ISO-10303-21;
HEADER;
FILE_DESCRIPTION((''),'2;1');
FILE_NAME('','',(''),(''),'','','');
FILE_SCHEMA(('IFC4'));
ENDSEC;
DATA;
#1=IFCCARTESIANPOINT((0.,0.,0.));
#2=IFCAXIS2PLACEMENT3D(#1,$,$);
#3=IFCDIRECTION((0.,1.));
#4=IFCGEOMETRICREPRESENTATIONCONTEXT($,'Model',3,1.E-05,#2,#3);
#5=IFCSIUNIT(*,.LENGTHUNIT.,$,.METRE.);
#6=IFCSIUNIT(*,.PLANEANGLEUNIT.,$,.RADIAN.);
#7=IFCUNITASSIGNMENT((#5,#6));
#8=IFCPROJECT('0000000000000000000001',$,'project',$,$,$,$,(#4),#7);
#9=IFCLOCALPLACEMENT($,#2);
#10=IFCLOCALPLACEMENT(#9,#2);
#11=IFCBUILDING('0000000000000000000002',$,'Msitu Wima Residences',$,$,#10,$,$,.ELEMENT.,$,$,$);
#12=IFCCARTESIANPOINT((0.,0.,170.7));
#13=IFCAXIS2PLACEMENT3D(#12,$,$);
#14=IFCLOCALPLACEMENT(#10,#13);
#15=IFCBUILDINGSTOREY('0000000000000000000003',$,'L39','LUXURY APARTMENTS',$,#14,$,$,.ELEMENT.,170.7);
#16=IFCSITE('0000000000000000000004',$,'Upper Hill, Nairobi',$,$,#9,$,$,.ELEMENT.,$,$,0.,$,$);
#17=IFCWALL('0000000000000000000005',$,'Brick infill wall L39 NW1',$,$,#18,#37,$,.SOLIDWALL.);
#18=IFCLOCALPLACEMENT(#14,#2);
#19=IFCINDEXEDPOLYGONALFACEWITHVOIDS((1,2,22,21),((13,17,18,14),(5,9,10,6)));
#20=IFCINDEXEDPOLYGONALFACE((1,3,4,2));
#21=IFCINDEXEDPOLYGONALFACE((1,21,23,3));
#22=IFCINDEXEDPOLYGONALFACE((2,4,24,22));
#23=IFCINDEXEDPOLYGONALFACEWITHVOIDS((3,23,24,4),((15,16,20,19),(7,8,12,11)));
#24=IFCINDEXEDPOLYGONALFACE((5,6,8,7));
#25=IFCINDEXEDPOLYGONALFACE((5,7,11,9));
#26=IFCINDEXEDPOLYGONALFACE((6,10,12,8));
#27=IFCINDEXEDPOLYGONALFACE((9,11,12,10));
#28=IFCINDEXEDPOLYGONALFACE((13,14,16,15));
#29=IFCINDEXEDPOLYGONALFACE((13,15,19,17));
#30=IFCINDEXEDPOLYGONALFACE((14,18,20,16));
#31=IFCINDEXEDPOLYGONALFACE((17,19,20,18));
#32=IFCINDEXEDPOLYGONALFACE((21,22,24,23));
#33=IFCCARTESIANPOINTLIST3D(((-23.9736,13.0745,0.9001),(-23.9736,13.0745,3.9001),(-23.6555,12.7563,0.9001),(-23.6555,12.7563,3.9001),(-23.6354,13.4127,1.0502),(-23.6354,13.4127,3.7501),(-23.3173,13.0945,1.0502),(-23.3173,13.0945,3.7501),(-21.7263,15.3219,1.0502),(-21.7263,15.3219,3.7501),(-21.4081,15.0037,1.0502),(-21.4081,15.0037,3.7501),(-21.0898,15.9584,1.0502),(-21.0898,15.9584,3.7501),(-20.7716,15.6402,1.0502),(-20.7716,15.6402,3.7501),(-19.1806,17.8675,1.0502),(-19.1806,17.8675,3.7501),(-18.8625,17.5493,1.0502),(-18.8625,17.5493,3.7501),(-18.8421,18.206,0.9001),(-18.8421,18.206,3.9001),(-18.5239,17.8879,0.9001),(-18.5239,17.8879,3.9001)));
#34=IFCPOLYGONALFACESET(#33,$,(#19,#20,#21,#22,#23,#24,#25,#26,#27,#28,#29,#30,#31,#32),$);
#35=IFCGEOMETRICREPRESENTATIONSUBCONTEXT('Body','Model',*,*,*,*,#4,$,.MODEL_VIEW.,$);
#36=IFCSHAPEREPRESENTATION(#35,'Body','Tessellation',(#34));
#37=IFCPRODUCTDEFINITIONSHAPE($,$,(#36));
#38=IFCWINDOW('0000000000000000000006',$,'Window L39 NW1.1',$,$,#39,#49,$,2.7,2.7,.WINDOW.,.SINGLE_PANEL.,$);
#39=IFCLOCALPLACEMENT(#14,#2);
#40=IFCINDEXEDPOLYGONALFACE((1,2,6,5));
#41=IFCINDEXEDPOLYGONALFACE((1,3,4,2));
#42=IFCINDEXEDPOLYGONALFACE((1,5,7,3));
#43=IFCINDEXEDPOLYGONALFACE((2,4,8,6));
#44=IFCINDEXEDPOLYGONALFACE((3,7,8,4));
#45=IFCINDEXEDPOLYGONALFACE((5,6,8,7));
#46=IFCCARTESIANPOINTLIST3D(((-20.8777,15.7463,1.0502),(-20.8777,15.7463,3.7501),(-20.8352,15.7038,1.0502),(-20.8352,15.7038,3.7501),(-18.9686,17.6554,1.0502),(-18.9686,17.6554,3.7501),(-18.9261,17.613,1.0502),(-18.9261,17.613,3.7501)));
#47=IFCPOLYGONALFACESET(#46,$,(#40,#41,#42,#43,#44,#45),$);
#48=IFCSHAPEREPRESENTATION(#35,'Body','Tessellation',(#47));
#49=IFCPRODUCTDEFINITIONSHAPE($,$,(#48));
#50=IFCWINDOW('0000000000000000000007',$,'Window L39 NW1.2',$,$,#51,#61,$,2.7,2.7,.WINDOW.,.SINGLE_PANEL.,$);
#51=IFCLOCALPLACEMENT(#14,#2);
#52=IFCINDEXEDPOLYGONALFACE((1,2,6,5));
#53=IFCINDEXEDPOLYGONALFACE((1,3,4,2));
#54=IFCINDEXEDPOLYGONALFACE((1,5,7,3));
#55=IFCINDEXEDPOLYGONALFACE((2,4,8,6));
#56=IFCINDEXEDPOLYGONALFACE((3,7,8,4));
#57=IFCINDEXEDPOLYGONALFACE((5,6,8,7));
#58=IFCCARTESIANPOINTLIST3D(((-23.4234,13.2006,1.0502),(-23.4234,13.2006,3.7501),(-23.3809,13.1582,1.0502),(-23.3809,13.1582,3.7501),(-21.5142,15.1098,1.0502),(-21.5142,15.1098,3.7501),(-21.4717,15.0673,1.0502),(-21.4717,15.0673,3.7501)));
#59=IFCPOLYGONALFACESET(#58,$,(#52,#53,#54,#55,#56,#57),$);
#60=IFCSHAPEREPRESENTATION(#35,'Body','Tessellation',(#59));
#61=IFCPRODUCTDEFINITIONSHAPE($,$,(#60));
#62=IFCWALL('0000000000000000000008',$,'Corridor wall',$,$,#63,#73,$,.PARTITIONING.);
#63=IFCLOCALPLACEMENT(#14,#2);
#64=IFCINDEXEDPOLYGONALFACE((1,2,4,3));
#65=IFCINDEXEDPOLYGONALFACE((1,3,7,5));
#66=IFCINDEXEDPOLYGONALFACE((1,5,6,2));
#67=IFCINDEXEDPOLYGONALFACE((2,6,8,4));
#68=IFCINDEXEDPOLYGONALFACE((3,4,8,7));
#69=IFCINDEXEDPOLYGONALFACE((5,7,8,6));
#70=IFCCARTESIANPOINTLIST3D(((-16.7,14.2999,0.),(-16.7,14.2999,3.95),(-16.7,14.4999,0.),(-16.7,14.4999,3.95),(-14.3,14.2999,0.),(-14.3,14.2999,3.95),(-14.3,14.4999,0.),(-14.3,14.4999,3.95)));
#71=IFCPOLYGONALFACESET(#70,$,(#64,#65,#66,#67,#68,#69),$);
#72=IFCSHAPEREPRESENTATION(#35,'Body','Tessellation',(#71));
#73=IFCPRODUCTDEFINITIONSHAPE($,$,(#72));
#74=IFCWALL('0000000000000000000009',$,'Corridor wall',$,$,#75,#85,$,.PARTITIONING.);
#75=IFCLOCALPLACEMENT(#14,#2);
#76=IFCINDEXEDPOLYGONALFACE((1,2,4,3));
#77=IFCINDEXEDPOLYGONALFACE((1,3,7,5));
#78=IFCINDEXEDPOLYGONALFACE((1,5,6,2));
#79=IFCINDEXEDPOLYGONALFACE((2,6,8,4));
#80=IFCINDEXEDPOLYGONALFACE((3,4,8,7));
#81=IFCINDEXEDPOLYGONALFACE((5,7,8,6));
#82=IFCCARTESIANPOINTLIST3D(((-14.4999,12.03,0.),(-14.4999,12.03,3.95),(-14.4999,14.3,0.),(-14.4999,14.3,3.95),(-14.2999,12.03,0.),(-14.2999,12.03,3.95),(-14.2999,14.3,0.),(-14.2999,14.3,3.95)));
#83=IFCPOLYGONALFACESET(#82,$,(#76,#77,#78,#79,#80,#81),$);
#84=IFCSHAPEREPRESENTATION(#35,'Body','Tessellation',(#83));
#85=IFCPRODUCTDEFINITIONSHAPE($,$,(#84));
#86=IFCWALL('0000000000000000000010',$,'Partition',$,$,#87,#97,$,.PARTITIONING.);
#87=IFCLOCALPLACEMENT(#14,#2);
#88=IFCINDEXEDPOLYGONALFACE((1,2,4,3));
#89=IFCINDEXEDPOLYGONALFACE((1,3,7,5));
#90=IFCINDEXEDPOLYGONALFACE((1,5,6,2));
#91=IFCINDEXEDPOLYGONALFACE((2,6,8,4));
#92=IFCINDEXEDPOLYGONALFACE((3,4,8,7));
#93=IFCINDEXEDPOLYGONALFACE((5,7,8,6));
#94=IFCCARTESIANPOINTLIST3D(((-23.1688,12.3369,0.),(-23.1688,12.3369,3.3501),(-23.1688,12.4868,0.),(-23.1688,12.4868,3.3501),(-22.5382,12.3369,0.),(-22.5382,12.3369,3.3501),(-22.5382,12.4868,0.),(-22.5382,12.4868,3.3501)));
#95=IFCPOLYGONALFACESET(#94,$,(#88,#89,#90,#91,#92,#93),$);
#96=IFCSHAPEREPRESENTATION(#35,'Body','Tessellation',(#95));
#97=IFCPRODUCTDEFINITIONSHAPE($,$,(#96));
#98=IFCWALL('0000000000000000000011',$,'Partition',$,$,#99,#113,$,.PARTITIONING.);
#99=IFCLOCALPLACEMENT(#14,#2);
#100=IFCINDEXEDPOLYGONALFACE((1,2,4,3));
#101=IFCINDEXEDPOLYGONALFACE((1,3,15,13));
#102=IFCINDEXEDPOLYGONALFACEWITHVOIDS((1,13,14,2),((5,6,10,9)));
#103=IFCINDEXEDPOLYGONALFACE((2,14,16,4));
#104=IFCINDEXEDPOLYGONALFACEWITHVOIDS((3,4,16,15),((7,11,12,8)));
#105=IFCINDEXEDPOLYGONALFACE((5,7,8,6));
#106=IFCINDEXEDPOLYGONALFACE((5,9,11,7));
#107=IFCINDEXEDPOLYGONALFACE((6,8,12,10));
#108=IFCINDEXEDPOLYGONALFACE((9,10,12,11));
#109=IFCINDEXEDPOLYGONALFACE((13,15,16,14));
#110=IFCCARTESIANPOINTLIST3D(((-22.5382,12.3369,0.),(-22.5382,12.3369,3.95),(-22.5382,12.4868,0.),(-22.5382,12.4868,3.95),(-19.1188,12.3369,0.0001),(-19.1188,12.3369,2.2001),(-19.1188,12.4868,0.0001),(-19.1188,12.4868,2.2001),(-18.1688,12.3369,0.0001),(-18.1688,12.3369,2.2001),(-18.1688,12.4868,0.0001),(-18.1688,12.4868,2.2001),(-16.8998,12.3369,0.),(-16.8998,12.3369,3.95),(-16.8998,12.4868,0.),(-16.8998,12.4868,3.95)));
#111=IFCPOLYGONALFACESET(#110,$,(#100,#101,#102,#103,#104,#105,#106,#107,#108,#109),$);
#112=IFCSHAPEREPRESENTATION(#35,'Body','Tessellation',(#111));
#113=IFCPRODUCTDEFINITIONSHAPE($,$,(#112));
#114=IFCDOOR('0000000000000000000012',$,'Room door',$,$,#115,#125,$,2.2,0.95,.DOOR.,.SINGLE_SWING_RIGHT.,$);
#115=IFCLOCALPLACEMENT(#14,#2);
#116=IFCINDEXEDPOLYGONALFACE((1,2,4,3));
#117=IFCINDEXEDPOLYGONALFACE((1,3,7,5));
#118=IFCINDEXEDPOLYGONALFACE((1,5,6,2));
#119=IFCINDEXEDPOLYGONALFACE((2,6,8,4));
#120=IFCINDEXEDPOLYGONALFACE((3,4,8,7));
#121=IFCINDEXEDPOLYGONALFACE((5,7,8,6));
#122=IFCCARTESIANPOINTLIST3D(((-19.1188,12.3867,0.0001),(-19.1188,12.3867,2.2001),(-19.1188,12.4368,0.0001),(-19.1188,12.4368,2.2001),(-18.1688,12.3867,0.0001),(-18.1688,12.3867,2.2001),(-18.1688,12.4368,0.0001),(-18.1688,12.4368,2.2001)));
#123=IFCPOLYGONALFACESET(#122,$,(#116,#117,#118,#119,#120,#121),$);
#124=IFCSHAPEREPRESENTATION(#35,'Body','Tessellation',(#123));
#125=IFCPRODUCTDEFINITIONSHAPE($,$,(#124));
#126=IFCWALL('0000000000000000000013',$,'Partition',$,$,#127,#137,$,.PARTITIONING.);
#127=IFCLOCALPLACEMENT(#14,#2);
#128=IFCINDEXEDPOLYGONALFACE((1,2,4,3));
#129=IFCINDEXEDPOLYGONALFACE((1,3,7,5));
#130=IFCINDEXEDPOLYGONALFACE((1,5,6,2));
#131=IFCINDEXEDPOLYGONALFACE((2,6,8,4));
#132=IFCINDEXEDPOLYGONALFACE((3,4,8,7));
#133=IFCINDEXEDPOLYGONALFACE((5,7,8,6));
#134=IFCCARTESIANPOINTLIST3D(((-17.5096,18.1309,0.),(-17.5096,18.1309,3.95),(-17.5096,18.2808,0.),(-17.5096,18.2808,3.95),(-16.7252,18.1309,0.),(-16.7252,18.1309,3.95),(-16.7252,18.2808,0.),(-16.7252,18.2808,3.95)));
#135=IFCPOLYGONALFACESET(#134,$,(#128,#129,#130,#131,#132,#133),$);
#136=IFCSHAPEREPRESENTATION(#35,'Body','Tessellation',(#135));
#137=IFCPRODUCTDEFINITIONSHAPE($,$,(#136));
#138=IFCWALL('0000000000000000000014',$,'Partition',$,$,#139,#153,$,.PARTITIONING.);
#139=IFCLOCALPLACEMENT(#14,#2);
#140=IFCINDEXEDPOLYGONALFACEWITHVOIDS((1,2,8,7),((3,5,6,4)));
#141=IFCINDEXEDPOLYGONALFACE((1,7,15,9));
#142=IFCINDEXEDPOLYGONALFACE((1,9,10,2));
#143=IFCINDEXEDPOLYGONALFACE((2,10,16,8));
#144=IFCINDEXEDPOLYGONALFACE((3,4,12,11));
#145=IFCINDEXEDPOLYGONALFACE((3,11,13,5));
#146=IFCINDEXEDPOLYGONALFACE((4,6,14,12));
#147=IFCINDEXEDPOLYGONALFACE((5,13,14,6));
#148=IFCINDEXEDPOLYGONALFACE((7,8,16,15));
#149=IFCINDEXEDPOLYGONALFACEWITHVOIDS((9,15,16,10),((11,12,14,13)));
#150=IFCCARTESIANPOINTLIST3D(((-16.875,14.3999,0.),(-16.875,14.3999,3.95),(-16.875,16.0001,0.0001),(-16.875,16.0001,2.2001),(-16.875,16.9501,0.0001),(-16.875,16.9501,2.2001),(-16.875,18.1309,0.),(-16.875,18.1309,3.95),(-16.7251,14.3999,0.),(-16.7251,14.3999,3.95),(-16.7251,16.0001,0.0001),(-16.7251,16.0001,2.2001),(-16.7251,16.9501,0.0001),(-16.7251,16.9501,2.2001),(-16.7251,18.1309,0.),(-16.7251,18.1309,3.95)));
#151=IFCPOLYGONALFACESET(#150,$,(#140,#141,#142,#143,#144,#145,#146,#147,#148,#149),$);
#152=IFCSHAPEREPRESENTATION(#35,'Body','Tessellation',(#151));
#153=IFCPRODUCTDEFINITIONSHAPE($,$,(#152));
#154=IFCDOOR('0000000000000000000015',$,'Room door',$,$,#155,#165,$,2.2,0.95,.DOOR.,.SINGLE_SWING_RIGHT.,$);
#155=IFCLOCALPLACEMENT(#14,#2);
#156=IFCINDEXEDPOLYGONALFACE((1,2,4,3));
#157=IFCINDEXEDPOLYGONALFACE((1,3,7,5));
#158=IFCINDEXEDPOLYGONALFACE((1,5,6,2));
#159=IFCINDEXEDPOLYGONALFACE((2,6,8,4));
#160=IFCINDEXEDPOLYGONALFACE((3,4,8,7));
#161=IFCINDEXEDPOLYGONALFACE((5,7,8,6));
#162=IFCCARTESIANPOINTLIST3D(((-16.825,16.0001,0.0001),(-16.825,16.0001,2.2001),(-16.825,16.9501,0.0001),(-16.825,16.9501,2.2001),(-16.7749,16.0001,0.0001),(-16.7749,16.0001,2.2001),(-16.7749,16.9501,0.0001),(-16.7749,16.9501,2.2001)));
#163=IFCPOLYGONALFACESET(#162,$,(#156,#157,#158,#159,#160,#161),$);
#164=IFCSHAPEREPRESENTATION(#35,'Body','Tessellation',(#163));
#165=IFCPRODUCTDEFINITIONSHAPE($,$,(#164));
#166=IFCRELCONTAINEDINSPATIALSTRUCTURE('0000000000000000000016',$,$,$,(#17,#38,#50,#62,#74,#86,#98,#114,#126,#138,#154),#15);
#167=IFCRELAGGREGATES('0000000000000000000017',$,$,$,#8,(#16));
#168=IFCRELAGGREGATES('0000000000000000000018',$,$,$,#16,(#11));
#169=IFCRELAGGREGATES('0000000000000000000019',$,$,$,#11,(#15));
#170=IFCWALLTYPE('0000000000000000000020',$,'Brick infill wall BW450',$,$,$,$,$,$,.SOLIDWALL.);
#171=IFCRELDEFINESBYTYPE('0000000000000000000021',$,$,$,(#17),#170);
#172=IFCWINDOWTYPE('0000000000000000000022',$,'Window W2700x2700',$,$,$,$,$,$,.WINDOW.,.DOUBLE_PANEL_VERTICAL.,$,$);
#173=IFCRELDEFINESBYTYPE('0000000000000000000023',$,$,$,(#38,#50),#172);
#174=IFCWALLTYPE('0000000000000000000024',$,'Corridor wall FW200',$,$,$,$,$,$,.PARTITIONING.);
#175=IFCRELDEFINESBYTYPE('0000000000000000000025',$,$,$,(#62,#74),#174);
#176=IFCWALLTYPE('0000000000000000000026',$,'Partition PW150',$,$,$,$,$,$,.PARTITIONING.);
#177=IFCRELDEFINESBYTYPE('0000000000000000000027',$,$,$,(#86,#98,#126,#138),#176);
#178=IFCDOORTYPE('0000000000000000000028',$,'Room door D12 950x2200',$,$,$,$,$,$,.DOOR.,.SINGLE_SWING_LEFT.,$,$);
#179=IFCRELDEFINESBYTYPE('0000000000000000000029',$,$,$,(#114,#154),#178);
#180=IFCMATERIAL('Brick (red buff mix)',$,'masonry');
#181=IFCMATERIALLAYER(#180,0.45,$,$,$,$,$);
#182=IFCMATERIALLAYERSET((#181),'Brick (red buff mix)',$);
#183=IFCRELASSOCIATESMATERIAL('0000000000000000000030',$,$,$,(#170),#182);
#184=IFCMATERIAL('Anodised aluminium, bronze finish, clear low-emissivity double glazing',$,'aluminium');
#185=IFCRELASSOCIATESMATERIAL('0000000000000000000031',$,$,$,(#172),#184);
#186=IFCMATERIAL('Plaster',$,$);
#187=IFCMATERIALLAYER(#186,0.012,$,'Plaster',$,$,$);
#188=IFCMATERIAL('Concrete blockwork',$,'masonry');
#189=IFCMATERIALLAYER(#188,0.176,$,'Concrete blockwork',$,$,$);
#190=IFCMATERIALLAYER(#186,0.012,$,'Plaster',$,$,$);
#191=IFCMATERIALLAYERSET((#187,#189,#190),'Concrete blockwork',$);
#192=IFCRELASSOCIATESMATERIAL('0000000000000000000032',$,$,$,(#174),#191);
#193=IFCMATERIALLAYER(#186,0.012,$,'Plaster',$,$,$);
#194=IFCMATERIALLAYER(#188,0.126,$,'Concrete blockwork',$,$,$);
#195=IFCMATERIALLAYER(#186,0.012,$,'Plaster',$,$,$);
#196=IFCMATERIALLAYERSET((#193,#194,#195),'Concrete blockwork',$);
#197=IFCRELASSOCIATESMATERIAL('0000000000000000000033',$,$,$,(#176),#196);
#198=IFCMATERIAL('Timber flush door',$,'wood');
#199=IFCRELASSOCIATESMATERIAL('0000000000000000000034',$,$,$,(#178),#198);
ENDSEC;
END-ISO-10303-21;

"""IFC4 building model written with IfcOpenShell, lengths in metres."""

from ifc_helpers import new_model, si_unit, direction, frame, frame_2d, origin, place, context, subcontext, project, spatial, rectangle, extrude, material, layer, layer_set, type_object, element, fill, save


model = new_model("IFC4")

# Units and contexts
model_context = context("Model", 3, precision=1e-05, world=origin(), true_north=direction((0.0, 1.0)))
body_context = subcontext(model_context, "Body", "Model", "MODEL_VIEW")
ifc_project = project(units=[si_unit("LENGTHUNIT", "METRE"), si_unit("PLANEANGLEUNIT", "RADIAN")], contexts=[model_context])

# Site, building, storey
site_placement = place(None, origin())
site = spatial("IfcSite", under=ifc_project, at=site_placement, Name="Upper Hill, Nairobi", CompositionType="ELEMENT", RefElevation=0.0)
building_placement = place(site_placement, origin())
building = spatial("IfcBuilding", under=site, at=building_placement, Name="Msitu Wima Residences", CompositionType="ELEMENT")
storey_placement = place(building_placement, frame((0.0, 0.0, 170.7)))
storey = spatial("IfcBuildingStorey", under=building, at=storey_placement, Name="L39", Description="LUXURY APARTMENTS", CompositionType="ELEMENT", Elevation=170.7)

# Wall, openings, windows
ifc_material_1 = material(Name="Brick (red buff mix)", Category="masonry")
ifc_layer_1 = layer(ifc_material_1, 0.45)
ifc_layer_set_1 = layer_set([ifc_layer_1], Name="Brick (red buff mix)")
wall_type_1 = type_object("IfcWallType", Name="Brick infill wall BW450", PredefinedType="SOLIDWALL", material=ifc_layer_set_1)
wall_1_placement = place(storey_placement, frame((-18.6831, 18.0469, 0.9001), z_axis=(0.0, 0.0, 1.0), x_axis=(-0.707107, -0.707107, 0.0)))
wall_1 = element("IfcWall", 1, at=wall_1_placement, inside=storey, type_object=wall_type_1, Name="Brick infill wall L39 NW1", PredefinedType="SOLIDWALL", context=body_context, shape_type="SweptSolid", body=[
    extrude(rectangle(XDim=7.2571, YDim=0.45, at=frame_2d((3.6284, 0.0))), origin(), (0.0, 0.0, 1.0), 3.0),
])
opening_1_placement = place(wall_1_placement, frame((0.4785, 0.0, 0.1499)))
opening_1 = element("IfcOpeningElement", 2, at=opening_1_placement, cuts=wall_1, PredefinedType="OPENING", context=body_context, shape_type="SweptSolid", body=[
    extrude(rectangle(XDim=2.7, YDim=2.7, at=frame_2d((1.3501, 1.3501))), frame((0.0, 0.2349, 0.0), z_axis=(0.0, -1.0, 0.0), x_axis=(1.0, 0.0, 0.0)), (0.0, 0.0, 1.0), 0.47),
])
opening_2_placement = place(wall_1_placement, frame((4.0786, 0.0, 0.1499)))
opening_2 = element("IfcOpeningElement", 3, at=opening_2_placement, cuts=wall_1, PredefinedType="OPENING", context=body_context, shape_type="SweptSolid", body=[
    extrude(rectangle(XDim=2.7, YDim=2.7, at=frame_2d((1.3501, 1.3501))), frame((0.0, 0.2349, 0.0), z_axis=(0.0, -1.0, 0.0), x_axis=(1.0, 0.0, 0.0)), (0.0, 0.0, 1.0), 0.47),
])
ifc_material_2 = material(Name="Anodised aluminium, bronze finish, clear low-emissivity double glazing", Category="aluminium")
window_type = type_object("IfcWindowType", Name="Window W2700x2700", PartitioningType="DOUBLE_PANEL_VERTICAL", PredefinedType="WINDOW", material=ifc_material_2)
window_1_placement = place(opening_1_placement, origin())
window_1 = element("IfcWindow", 4, at=window_1_placement, inside=storey, type_object=window_type, Name="Window L39 NW1.1", OverallHeight=2.7, OverallWidth=2.7, PartitioningType="SINGLE_PANEL", PredefinedType="WINDOW", context=body_context, shape_type="SweptSolid", body=[
    extrude(rectangle(XDim=2.7, YDim=2.7, at=frame_2d((1.3501, 1.3501))), frame((0.0, 0.135, 0.0), z_axis=(0.0, -1.0, 0.0), x_axis=(1.0, 0.0, 0.0)), (0.0, 0.0, 1.0), 0.0601),
])
fill(opening_1, window_1)
window_2_placement = place(opening_2_placement, origin())
window_2 = element("IfcWindow", 5, at=window_2_placement, inside=storey, type_object=window_type, Name="Window L39 NW1.2", OverallHeight=2.7, OverallWidth=2.7, PartitioningType="SINGLE_PANEL", PredefinedType="WINDOW", context=body_context, shape_type="SweptSolid", body=[
    extrude(rectangle(XDim=2.7, YDim=2.7, at=frame_2d((1.3501, 1.3501))), frame((0.0, 0.135, 0.0), z_axis=(0.0, -1.0, 0.0), x_axis=(1.0, 0.0, 0.0)), (0.0, 0.0, 1.0), 0.0601),
])
fill(opening_2, window_2)

# Walls
ifc_material_3 = material(Name="Plaster")
ifc_layer_2 = layer(ifc_material_3, 0.012, Name="Plaster")
ifc_material_4 = material(Name="Concrete blockwork", Category="masonry")
ifc_layer_3 = layer(ifc_material_4, 0.176, Name="Concrete blockwork")
ifc_layer_4 = layer(ifc_material_3, 0.012, Name="Plaster")
ifc_layer_set_2 = layer_set([ifc_layer_2, ifc_layer_3, ifc_layer_4], Name="Concrete blockwork")
wall_type_2 = type_object("IfcWallType", Name="Corridor wall FW200", PredefinedType="PARTITIONING", material=ifc_layer_set_2)
wall_2_placement = place(storey_placement, frame((-16.7, 14.3999, 0.0), z_axis=(0.0, 0.0, 1.0), x_axis=(1.0, 0.0, 0.0)))
element("IfcWall", 6, at=wall_2_placement, inside=storey, type_object=wall_type_2, Name="Corridor wall", PredefinedType="PARTITIONING", context=body_context, shape_type="SweptSolid", body=[
    extrude(rectangle(XDim=2.3999, YDim=0.2, at=frame_2d((1.2, 0.0))), origin(), (0.0, 0.0, 1.0), 3.95),
])
wall_3_placement = place(storey_placement, frame((-14.3999, 12.03, 0.0), z_axis=(0.0, 0.0, 1.0), x_axis=(0.0, 1.0, 0.0)))
element("IfcWall", 7, at=wall_3_placement, inside=storey, type_object=wall_type_2, Name="Corridor wall", PredefinedType="PARTITIONING", context=body_context, shape_type="SweptSolid", body=[
    extrude(rectangle(XDim=2.27, YDim=0.2, at=frame_2d((1.135, 0.0))), origin(), (0.0, 0.0, 1.0), 3.95),
])
ifc_layer_5 = layer(ifc_material_3, 0.012, Name="Plaster")
ifc_layer_6 = layer(ifc_material_4, 0.126, Name="Concrete blockwork")
ifc_layer_7 = layer(ifc_material_3, 0.012, Name="Plaster")
ifc_layer_set_3 = layer_set([ifc_layer_5, ifc_layer_6, ifc_layer_7], Name="Concrete blockwork")
wall_type_3 = type_object("IfcWallType", Name="Partition PW150", PredefinedType="PARTITIONING", material=ifc_layer_set_3)
wall_4_placement = place(storey_placement, frame((-23.1689, 12.4119, 0.0), z_axis=(0.0, 0.0, 1.0), x_axis=(1.0, 0.0, 0.0)))
element("IfcWall", 8, at=wall_4_placement, inside=storey, type_object=wall_type_3, Name="Partition", PredefinedType="PARTITIONING", context=body_context, shape_type="SweptSolid", body=[
    extrude(rectangle(XDim=0.6306, YDim=0.1499, at=frame_2d((0.3154, 0.0))), origin(), (0.0, 0.0, 1.0), 3.3501),
])

# Wall, opening, door
wall_5_placement = place(storey_placement, frame((-22.5383, 12.4119, 0.0), z_axis=(0.0, 0.0, 1.0), x_axis=(1.0, 0.0, 0.0)))
wall_5 = element("IfcWall", 9, at=wall_5_placement, inside=storey, type_object=wall_type_3, Name="Partition", PredefinedType="PARTITIONING", context=body_context, shape_type="SweptSolid", body=[
    extrude(rectangle(XDim=5.6384, YDim=0.1499, at=frame_2d((2.8193, 0.0))), origin(), (0.0, 0.0, 1.0), 3.95),
])
opening_3_placement = place(wall_5_placement, frame((3.4194, 0.0, 0.0)))
opening_3 = element("IfcOpeningElement", 10, at=opening_3_placement, cuts=wall_5, PredefinedType="OPENING", context=body_context, shape_type="SweptSolid", body=[
    extrude(rectangle(XDim=0.95, YDim=2.2, at=frame_2d((0.4751, 1.1001))), frame((0.0, 0.085, 0.0), z_axis=(0.0, -1.0, 0.0), x_axis=(1.0, 0.0, 0.0)), (0.0, 0.0, 1.0), 0.1699),
])
ifc_material_5 = material(Name="Timber flush door", Category="wood")
door_type = type_object("IfcDoorType", Name="Room door D12 950x2200", OperationType="SINGLE_SWING_LEFT", PredefinedType="DOOR", material=ifc_material_5)
door_1_placement = place(opening_3_placement, origin())
door_1 = element("IfcDoor", 11, at=door_1_placement, inside=storey, type_object=door_type, Name="Room door", OperationType="SINGLE_SWING_RIGHT", OverallHeight=2.2, OverallWidth=0.95, PredefinedType="DOOR", context=body_context, shape_type="SweptSolid", body=[
    extrude(rectangle(XDim=0.95, YDim=2.2, at=frame_2d((0.4751, 1.1001))), frame((0.0, 0.0249, 0.0), z_axis=(0.0, -1.0, 0.0), x_axis=(1.0, 0.0, 0.0)), (0.0, 0.0, 1.0), 0.05),
])
fill(opening_3, door_1)

# Wall
wall_6_placement = place(storey_placement, frame((-17.5095, 18.2058, 0.0), z_axis=(0.0, 0.0, 1.0), x_axis=(1.0, 0.0, 0.0)))
element("IfcWall", 12, at=wall_6_placement, inside=storey, type_object=wall_type_3, Name="Partition", PredefinedType="PARTITIONING", context=body_context, shape_type="SweptSolid", body=[
    extrude(rectangle(XDim=0.7844, YDim=0.1499, at=frame_2d((0.3921, 0.0))), origin(), (0.0, 0.0, 1.0), 3.95),
])

# Wall, opening, door
wall_7_placement = place(storey_placement, frame((-16.8, 14.3999, 0.0), z_axis=(0.0, 0.0, 1.0), x_axis=(0.0, 1.0, 0.0)))
wall_7 = element("IfcWall", 13, at=wall_7_placement, inside=storey, type_object=wall_type_3, Name="Partition", PredefinedType="PARTITIONING", context=body_context, shape_type="SweptSolid", body=[
    extrude(rectangle(XDim=3.731, YDim=0.1499, at=frame_2d((1.8655, 0.0))), origin(), (0.0, 0.0, 1.0), 3.95),
])
opening_4_placement = place(wall_7_placement, frame((1.6001, 0.0, 0.0)))
opening_4 = element("IfcOpeningElement", 14, at=opening_4_placement, cuts=wall_7, PredefinedType="OPENING", context=body_context, shape_type="SweptSolid", body=[
    extrude(rectangle(XDim=0.95, YDim=2.2, at=frame_2d((0.4751, 1.1001))), frame((0.0, 0.085, 0.0), z_axis=(0.0, -1.0, 0.0), x_axis=(1.0, 0.0, 0.0)), (0.0, 0.0, 1.0), 0.1699),
])
door_2_placement = place(opening_4_placement, origin())
door_2 = element("IfcDoor", 15, at=door_2_placement, inside=storey, type_object=door_type, Name="Room door", OperationType="SINGLE_SWING_RIGHT", OverallHeight=2.2, OverallWidth=0.95, PredefinedType="DOOR", context=body_context, shape_type="SweptSolid", body=[
    extrude(rectangle(XDim=0.95, YDim=2.2, at=frame_2d((0.4751, 1.1001))), frame((0.0, 0.0249, 0.0), z_axis=(0.0, -1.0, 0.0), x_axis=(1.0, 0.0, 0.0)), (0.0, 0.0, 1.0), 0.05),
])
fill(opening_4, door_2)

save(model, "model.ifc")
